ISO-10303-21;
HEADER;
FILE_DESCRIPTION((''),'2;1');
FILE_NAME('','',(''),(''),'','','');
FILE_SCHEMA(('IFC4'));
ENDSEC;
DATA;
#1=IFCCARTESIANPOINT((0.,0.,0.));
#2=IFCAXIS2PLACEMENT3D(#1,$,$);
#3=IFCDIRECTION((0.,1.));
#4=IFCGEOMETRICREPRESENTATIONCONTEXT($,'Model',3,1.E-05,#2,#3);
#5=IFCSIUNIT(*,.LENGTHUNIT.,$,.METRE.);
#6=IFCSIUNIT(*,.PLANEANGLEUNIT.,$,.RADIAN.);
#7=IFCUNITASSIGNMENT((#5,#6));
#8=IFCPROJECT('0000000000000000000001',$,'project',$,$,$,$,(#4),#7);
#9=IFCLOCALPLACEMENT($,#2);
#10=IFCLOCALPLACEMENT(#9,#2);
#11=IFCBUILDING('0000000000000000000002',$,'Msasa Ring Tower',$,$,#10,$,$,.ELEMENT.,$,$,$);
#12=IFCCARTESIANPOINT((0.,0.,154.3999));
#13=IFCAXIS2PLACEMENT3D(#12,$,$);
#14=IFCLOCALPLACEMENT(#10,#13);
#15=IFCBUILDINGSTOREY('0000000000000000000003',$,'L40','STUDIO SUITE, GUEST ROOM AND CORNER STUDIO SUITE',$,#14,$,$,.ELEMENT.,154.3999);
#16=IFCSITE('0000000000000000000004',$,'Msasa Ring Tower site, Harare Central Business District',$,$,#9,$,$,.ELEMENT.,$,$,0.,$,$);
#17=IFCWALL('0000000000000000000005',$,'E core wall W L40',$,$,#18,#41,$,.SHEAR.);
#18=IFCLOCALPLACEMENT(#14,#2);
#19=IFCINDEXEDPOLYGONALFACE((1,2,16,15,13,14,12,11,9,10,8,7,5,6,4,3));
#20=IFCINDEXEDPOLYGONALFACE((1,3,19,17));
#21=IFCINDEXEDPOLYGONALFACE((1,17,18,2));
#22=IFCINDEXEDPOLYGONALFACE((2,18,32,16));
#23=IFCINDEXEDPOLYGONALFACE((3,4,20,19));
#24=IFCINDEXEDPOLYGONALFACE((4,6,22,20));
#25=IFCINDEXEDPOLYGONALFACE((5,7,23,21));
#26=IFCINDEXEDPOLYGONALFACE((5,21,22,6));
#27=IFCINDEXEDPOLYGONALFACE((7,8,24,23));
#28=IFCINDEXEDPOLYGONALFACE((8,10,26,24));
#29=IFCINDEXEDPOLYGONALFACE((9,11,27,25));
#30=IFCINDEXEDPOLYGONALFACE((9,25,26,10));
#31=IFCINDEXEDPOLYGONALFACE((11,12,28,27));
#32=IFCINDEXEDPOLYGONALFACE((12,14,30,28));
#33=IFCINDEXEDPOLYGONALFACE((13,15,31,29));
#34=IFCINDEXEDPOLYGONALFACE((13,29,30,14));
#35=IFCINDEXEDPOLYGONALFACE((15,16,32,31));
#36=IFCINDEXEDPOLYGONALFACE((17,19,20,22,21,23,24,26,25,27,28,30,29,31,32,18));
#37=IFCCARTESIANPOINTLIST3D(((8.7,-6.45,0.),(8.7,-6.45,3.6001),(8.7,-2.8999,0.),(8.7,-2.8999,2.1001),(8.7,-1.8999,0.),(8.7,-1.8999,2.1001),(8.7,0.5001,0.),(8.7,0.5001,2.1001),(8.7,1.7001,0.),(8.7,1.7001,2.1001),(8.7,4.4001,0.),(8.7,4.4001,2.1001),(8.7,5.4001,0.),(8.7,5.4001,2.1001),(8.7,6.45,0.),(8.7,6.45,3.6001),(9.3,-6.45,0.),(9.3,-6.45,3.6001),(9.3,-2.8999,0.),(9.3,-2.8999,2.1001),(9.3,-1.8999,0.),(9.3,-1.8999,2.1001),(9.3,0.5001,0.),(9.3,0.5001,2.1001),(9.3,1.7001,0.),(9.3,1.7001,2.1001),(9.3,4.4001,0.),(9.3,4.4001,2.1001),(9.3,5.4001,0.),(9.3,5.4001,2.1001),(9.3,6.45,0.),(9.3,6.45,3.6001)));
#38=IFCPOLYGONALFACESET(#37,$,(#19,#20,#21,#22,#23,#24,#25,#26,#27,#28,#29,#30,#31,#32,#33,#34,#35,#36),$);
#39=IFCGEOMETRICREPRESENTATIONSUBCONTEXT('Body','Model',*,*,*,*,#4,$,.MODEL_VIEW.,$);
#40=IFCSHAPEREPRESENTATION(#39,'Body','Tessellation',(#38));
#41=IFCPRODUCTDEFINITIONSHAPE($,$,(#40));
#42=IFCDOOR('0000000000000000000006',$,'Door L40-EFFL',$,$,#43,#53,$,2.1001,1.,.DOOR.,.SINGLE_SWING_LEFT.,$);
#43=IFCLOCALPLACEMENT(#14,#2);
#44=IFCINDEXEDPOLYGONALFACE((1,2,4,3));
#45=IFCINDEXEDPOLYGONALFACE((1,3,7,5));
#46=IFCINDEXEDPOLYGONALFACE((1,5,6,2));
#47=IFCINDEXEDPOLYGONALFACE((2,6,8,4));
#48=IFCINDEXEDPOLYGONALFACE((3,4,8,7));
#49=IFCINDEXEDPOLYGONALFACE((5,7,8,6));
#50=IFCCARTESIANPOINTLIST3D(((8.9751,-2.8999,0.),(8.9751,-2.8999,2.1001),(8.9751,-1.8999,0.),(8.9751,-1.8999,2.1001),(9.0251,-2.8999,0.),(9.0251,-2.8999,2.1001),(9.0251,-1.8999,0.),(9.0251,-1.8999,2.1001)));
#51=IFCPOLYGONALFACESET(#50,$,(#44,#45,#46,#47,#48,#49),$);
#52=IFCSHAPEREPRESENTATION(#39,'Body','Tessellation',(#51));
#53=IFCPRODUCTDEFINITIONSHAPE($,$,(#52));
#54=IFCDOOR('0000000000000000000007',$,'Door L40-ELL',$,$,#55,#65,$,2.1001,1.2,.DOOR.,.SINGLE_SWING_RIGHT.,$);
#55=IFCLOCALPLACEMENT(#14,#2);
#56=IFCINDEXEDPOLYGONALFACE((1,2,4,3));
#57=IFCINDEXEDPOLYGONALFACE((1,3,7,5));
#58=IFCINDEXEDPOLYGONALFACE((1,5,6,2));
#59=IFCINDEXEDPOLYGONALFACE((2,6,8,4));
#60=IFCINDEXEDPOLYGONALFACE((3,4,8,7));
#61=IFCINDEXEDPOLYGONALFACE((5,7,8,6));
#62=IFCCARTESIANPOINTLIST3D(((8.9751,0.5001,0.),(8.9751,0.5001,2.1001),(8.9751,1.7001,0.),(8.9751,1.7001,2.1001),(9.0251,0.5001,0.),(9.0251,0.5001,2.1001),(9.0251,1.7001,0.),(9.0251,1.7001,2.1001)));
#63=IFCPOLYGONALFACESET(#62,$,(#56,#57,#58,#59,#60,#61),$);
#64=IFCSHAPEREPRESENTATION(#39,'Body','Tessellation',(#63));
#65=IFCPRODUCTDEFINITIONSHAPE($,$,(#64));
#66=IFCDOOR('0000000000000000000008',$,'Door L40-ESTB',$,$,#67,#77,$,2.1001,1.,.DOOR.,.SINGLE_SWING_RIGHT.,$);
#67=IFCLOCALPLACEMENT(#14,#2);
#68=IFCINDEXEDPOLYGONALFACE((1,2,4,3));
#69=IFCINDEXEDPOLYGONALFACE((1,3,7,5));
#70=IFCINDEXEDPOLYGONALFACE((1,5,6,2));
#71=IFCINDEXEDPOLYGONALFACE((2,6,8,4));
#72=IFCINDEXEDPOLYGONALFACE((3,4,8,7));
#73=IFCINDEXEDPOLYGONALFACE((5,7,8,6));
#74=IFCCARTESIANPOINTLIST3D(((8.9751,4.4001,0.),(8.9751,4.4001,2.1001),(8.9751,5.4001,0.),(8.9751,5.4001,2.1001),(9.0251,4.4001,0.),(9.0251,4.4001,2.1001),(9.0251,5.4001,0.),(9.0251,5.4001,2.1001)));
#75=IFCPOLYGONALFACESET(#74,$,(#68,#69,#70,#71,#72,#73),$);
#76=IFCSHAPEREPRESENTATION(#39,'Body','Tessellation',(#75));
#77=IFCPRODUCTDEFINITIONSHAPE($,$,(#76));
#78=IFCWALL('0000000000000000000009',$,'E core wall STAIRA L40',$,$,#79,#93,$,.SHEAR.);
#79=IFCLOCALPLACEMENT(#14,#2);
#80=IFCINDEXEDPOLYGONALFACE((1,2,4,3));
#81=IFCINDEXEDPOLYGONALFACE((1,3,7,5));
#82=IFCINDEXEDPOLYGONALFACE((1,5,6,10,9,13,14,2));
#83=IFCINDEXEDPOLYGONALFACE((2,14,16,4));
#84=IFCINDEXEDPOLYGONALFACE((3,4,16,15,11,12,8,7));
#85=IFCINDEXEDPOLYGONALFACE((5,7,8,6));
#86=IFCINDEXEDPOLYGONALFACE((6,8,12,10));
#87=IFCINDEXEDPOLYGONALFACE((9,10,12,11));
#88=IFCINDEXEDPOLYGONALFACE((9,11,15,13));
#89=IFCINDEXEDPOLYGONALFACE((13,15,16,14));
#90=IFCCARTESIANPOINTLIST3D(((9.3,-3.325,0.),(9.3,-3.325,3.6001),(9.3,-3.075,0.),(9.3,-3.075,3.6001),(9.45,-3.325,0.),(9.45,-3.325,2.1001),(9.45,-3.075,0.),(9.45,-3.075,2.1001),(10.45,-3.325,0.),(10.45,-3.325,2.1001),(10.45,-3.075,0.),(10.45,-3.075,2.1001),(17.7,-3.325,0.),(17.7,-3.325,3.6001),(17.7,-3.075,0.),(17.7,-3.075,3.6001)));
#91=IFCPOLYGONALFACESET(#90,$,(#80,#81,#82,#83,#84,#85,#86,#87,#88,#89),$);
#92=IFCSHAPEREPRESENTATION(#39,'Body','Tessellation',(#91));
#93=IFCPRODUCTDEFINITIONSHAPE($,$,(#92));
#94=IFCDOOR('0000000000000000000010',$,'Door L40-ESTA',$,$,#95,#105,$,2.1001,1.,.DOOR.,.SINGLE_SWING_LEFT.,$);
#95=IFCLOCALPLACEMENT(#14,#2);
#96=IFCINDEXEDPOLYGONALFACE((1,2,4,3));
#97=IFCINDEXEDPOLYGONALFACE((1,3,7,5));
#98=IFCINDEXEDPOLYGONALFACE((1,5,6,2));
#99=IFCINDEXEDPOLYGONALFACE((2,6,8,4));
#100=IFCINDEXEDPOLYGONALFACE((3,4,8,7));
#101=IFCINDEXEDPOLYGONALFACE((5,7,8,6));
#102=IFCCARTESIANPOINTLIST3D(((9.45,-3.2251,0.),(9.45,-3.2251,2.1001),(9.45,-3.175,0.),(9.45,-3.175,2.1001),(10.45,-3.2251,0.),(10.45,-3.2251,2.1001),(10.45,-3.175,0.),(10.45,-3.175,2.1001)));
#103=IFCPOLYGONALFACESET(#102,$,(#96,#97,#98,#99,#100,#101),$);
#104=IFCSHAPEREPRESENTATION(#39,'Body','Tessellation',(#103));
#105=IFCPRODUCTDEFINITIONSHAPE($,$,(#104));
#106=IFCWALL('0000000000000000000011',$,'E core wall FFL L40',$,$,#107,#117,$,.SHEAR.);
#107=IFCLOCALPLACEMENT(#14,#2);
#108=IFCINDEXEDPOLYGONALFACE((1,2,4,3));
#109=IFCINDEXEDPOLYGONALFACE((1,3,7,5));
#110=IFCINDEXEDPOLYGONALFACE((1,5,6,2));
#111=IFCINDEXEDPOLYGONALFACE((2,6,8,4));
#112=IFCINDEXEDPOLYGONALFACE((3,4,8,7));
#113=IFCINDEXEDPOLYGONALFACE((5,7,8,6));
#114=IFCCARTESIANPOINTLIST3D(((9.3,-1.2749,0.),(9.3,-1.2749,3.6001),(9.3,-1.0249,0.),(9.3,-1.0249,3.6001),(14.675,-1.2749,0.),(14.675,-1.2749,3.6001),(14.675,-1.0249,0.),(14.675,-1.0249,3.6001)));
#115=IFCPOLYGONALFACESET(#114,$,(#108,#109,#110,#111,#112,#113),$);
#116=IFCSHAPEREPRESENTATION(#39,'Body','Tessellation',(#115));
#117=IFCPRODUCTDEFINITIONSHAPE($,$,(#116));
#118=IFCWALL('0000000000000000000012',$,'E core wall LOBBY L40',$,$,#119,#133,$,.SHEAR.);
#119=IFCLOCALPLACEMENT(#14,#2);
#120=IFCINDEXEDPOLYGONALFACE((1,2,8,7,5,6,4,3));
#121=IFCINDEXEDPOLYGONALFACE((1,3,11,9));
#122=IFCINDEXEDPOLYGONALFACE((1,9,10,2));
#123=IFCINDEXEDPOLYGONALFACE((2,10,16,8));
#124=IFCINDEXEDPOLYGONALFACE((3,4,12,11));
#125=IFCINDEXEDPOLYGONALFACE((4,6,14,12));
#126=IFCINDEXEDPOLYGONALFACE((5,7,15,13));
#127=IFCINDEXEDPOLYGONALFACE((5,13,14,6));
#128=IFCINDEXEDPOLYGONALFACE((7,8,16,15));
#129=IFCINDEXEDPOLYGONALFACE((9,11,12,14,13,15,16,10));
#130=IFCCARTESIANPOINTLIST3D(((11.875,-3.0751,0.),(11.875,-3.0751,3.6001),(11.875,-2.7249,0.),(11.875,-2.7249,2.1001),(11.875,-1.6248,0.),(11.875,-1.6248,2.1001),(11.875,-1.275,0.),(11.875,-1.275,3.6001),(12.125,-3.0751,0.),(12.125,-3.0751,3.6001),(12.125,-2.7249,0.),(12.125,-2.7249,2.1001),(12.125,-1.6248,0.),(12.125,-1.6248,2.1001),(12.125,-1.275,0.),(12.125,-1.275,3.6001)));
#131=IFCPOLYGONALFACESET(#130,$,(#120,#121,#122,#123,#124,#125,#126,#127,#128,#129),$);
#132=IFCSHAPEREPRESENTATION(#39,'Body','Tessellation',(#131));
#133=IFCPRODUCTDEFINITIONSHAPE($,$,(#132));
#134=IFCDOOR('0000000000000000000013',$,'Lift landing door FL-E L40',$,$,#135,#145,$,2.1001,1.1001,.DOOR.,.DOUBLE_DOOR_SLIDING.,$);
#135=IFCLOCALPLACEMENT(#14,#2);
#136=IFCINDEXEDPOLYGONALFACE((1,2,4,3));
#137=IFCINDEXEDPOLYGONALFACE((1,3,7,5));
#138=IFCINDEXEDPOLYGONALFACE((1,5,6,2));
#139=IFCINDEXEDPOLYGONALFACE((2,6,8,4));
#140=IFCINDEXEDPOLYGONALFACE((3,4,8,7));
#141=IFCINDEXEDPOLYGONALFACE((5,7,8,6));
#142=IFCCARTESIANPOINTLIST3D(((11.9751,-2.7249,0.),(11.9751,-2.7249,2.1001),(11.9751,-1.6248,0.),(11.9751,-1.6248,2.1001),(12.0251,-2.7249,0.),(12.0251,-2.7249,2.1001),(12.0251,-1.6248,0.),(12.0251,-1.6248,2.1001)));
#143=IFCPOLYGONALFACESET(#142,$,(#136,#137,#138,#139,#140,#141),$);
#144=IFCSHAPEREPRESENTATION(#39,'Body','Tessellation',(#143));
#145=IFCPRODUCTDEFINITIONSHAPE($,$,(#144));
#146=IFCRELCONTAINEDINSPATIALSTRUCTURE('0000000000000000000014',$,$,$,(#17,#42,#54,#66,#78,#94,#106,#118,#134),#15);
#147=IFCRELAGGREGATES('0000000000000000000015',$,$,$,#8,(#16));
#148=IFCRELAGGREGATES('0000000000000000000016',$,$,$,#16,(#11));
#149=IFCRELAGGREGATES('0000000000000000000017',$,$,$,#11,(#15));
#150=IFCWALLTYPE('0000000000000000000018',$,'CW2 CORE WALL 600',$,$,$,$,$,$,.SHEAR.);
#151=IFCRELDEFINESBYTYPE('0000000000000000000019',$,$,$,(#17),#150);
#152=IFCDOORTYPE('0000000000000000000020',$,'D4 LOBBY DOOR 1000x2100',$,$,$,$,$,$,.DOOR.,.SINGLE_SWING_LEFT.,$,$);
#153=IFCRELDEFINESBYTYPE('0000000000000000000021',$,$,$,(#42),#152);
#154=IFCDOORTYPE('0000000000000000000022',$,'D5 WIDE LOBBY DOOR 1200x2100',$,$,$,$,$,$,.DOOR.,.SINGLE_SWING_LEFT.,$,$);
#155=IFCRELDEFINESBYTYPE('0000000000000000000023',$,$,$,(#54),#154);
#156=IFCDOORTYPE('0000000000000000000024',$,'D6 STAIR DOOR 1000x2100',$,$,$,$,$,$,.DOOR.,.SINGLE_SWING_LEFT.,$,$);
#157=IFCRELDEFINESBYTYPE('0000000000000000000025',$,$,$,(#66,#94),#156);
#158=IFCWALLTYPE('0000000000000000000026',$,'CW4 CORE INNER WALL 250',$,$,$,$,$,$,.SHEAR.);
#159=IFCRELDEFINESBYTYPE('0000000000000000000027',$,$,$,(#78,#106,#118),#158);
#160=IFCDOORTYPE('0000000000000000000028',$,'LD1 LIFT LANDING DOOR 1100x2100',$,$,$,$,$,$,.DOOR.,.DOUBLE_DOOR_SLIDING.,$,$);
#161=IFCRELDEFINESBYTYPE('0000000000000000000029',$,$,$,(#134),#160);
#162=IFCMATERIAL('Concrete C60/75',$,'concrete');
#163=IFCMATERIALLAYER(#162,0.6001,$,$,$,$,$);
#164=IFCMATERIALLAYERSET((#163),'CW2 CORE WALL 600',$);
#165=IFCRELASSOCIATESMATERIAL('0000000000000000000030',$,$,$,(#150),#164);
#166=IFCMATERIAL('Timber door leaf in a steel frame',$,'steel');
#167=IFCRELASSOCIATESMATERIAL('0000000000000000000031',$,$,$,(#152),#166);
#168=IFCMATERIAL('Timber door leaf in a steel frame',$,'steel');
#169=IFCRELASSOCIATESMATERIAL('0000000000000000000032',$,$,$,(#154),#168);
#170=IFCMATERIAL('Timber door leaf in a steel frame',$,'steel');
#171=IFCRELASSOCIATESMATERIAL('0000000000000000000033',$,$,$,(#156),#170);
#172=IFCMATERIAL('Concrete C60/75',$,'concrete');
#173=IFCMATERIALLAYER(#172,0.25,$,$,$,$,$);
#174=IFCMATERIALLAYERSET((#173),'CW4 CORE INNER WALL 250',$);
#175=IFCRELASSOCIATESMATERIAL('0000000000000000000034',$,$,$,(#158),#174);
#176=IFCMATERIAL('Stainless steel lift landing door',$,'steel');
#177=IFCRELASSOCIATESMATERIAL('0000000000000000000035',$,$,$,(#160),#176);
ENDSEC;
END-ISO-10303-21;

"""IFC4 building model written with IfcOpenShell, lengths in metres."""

from ifc_helpers import new_model, si_unit, direction, frame, frame_2d, origin, place, context, subcontext, project, spatial, rectangle, extrude, material, layer, layer_set, type_object, element, fill, save


model = new_model("IFC4")

# Units and contexts
model_context = context("Model", 3, precision=1e-05, world=origin(), true_north=direction((0.0, 1.0)))
body_context = subcontext(model_context, "Body", "Model", "MODEL_VIEW")
ifc_project = project(units=[si_unit("LENGTHUNIT", "METRE"), si_unit("PLANEANGLEUNIT", "RADIAN")], contexts=[model_context])

# Site, building, storey
site_placement = place(None, origin())
site = spatial("IfcSite", under=ifc_project, at=site_placement, Name="Msasa Ring Tower site, Harare Central Business District", CompositionType="ELEMENT", RefElevation=0.0)
building_placement = place(site_placement, origin())
building = spatial("IfcBuilding", under=site, at=building_placement, Name="Msasa Ring Tower", CompositionType="ELEMENT")
storey_placement = place(building_placement, frame((0.0, 0.0, 154.3999)))
storey = spatial("IfcBuildingStorey", under=building, at=storey_placement, Name="L40", Description="STUDIO SUITE, GUEST ROOM AND CORNER STUDIO SUITE", CompositionType="ELEMENT", Elevation=154.3999)

# Shared definitions
ifc_material_1 = material(Name="Concrete C60/75", Category="concrete")
ifc_layer_1 = layer(ifc_material_1, 0.6001)
ifc_layer_set_1 = layer_set([ifc_layer_1], Name="CW2 CORE WALL 600")
wall_type_1 = type_object("IfcWallType", Name="CW2 CORE WALL 600", PredefinedType="SHEAR", material=ifc_layer_set_1)

# Wall, openings, doors
wall_1_placement = place(storey_placement, frame((9.0, -6.45, 0.0), z_axis=(0.0, 0.0, 1.0), x_axis=(0.0, 1.0, 0.0)))
wall_1 = element("IfcWall", 1, at=wall_1_placement, inside=storey, type_object=wall_type_1, Name="E core wall W L40", PredefinedType="SHEAR", context=body_context, shape_type="SweptSolid", body=[
    extrude(rectangle(XDim=12.8999, YDim=0.6001, at=frame_2d((6.45, 0.0))), origin(), (0.0, 0.0, 1.0), 3.6001),
])
opening_1_placement = place(wall_1_placement, frame((3.55, 0.0, 0.0)))
opening_1 = element("IfcOpeningElement", 2, at=opening_1_placement, cuts=wall_1, PredefinedType="OPENING", context=body_context, shape_type="SweptSolid", body=[
    extrude(rectangle(XDim=1.0, YDim=2.1001, at=frame_2d((0.5, 1.05))), frame((0.0, 0.3101, 0.0), z_axis=(0.0, -1.0, 0.0), x_axis=(1.0, 0.0, 0.0)), (0.0, 0.0, 1.0), 0.6201),
])
opening_2_placement = place(wall_1_placement, frame((6.95, 0.0, 0.0)))
opening_2 = element("IfcOpeningElement", 3, at=opening_2_placement, cuts=wall_1, PredefinedType="OPENING", context=body_context, shape_type="SweptSolid", body=[
    extrude(rectangle(XDim=1.2, YDim=2.1001, at=frame_2d((0.6001, 1.05))), frame((0.0, 0.3101, 0.0), z_axis=(0.0, -1.0, 0.0), x_axis=(1.0, 0.0, 0.0)), (0.0, 0.0, 1.0), 0.6201),
])
opening_3_placement = place(wall_1_placement, frame((10.8501, 0.0, 0.0)))
opening_3 = element("IfcOpeningElement", 4, at=opening_3_placement, cuts=wall_1, PredefinedType="OPENING", context=body_context, shape_type="SweptSolid", body=[
    extrude(rectangle(XDim=1.0, YDim=2.1001, at=frame_2d((0.5, 1.05))), frame((0.0, 0.3101, 0.0), z_axis=(0.0, -1.0, 0.0), x_axis=(1.0, 0.0, 0.0)), (0.0, 0.0, 1.0), 0.6201),
])
ifc_material_2 = material(Name="Timber door leaf in a steel frame", Category="steel")
door_type_1 = type_object("IfcDoorType", Name="D4 LOBBY DOOR 1000x2100", OperationType="SINGLE_SWING_LEFT", PredefinedType="DOOR", material=ifc_material_2)
door_1_placement = place(opening_1_placement, origin())
door_1 = element("IfcDoor", 5, at=door_1_placement, inside=storey, type_object=door_type_1, Name="Door L40-EFFL", OperationType="SINGLE_SWING_LEFT", OverallHeight=2.1001, OverallWidth=1.0, PredefinedType="DOOR", context=body_context, shape_type="SweptSolid", body=[
    extrude(rectangle(XDim=1.0, YDim=2.1001, at=frame_2d((0.5, 1.05))), frame((0.0, 0.0249, 0.0), z_axis=(0.0, -1.0, 0.0), x_axis=(1.0, 0.0, 0.0)), (0.0, 0.0, 1.0), 0.05),
])
fill(opening_1, door_1)
ifc_material_3 = material(Name="Timber door leaf in a steel frame", Category="steel")
door_type_2 = type_object("IfcDoorType", Name="D5 WIDE LOBBY DOOR 1200x2100", OperationType="SINGLE_SWING_LEFT", PredefinedType="DOOR", material=ifc_material_3)
door_2_placement = place(opening_2_placement, origin())
door_2 = element("IfcDoor", 6, at=door_2_placement, inside=storey, type_object=door_type_2, Name="Door L40-ELL", OperationType="SINGLE_SWING_RIGHT", OverallHeight=2.1001, OverallWidth=1.2, PredefinedType="DOOR", context=body_context, shape_type="SweptSolid", body=[
    extrude(rectangle(XDim=1.2, YDim=2.1001, at=frame_2d((0.6001, 1.05))), frame((0.0, 0.0249, 0.0), z_axis=(0.0, -1.0, 0.0), x_axis=(1.0, 0.0, 0.0)), (0.0, 0.0, 1.0), 0.05),
])
fill(opening_2, door_2)
ifc_material_4 = material(Name="Timber door leaf in a steel frame", Category="steel")
door_type_3 = type_object("IfcDoorType", Name="D6 STAIR DOOR 1000x2100", OperationType="SINGLE_SWING_LEFT", PredefinedType="DOOR", material=ifc_material_4)
door_3_placement = place(opening_3_placement, origin())
door_3 = element("IfcDoor", 7, at=door_3_placement, inside=storey, type_object=door_type_3, Name="Door L40-ESTB", OperationType="SINGLE_SWING_RIGHT", OverallHeight=2.1001, OverallWidth=1.0, PredefinedType="DOOR", context=body_context, shape_type="SweptSolid", body=[
    extrude(rectangle(XDim=1.0, YDim=2.1001, at=frame_2d((0.5, 1.05))), frame((0.0, 0.0249, 0.0), z_axis=(0.0, -1.0, 0.0), x_axis=(1.0, 0.0, 0.0)), (0.0, 0.0, 1.0), 0.05),
])
fill(opening_3, door_3)

# Wall, opening, door
ifc_material_5 = material(Name="Concrete C60/75", Category="concrete")
ifc_layer_2 = layer(ifc_material_5, 0.25)
ifc_layer_set_2 = layer_set([ifc_layer_2], Name="CW4 CORE INNER WALL 250")
wall_type_2 = type_object("IfcWallType", Name="CW4 CORE INNER WALL 250", PredefinedType="SHEAR", material=ifc_layer_set_2)
wall_2_placement = place(storey_placement, frame((9.3, -3.2, 0.0), z_axis=(0.0, 0.0, 1.0), x_axis=(1.0, 0.0, 0.0)))
wall_2 = element("IfcWall", 8, at=wall_2_placement, inside=storey, type_object=wall_type_2, Name="E core wall STAIRA L40", PredefinedType="SHEAR", context=body_context, shape_type="SweptSolid", body=[
    extrude(rectangle(XDim=8.3999, YDim=0.25, at=frame_2d((4.2, 0.0))), origin(), (0.0, 0.0, 1.0), 3.6001),
])
opening_4_placement = place(wall_2_placement, frame((0.1499, 0.0, 0.0)))
opening_4 = element("IfcOpeningElement", 9, at=opening_4_placement, cuts=wall_2, PredefinedType="OPENING", context=body_context, shape_type="SweptSolid", body=[
    extrude(rectangle(XDim=1.0, YDim=2.1001, at=frame_2d((0.5, 1.05))), frame((0.0, 0.135, 0.0), z_axis=(0.0, -1.0, 0.0), x_axis=(1.0, 0.0, 0.0)), (0.0, 0.0, 1.0), 0.27),
])
door_4_placement = place(opening_4_placement, origin())
door_4 = element("IfcDoor", 10, at=door_4_placement, inside=storey, type_object=door_type_3, Name="Door L40-ESTA", OperationType="SINGLE_SWING_LEFT", OverallHeight=2.1001, OverallWidth=1.0, PredefinedType="DOOR", context=body_context, shape_type="SweptSolid", body=[
    extrude(rectangle(XDim=1.0, YDim=2.1001, at=frame_2d((0.5, 1.05))), frame((0.0, 0.0249, 0.0), z_axis=(0.0, -1.0, 0.0), x_axis=(1.0, 0.0, 0.0)), (0.0, 0.0, 1.0), 0.05),
])
fill(opening_4, door_4)

# Wall
wall_3_placement = place(storey_placement, frame((9.3, -1.1499, 0.0), z_axis=(0.0, 0.0, 1.0), x_axis=(1.0, 0.0, 0.0)))
element("IfcWall", 11, at=wall_3_placement, inside=storey, type_object=wall_type_2, Name="E core wall FFL L40", PredefinedType="SHEAR", context=body_context, shape_type="SweptSolid", body=[
    extrude(rectangle(XDim=5.375, YDim=0.25, at=frame_2d((2.6875, 0.0))), origin(), (0.0, 0.0, 1.0), 3.6001),
])

# Wall, opening, door
wall_4_placement = place(storey_placement, frame((12.0, -3.075, 0.0), z_axis=(0.0, 0.0, 1.0), x_axis=(0.0, 1.0, 0.0)))
wall_4 = element("IfcWall", 12, at=wall_4_placement, inside=storey, type_object=wall_type_2, Name="E core wall LOBBY L40", PredefinedType="SHEAR", context=body_context, shape_type="SweptSolid", body=[
    extrude(rectangle(XDim=1.8, YDim=0.25, at=frame_2d((0.8999, 0.0))), origin(), (0.0, 0.0, 1.0), 3.6001),
])
opening_5_placement = place(wall_4_placement, frame((0.3501, 0.0, 0.0)))
opening_5 = element("IfcOpeningElement", 13, at=opening_5_placement, cuts=wall_4, PredefinedType="OPENING", context=body_context, shape_type="SweptSolid", body=[
    extrude(rectangle(XDim=1.1001, YDim=2.1001, at=frame_2d((0.55, 1.05))), frame((0.0, 0.135, 0.0), z_axis=(0.0, -1.0, 0.0), x_axis=(1.0, 0.0, 0.0)), (0.0, 0.0, 1.0), 0.27),
])
ifc_material_6 = material(Name="Stainless steel lift landing door", Category="steel")
door_type_4 = type_object("IfcDoorType", Name="LD1 LIFT LANDING DOOR 1100x2100", OperationType="DOUBLE_DOOR_SLIDING", PredefinedType="DOOR", material=ifc_material_6)
door_5_placement = place(opening_5_placement, origin())
door_5 = element("IfcDoor", 14, at=door_5_placement, inside=storey, type_object=door_type_4, Name="Lift landing door FL-E L40", OperationType="DOUBLE_DOOR_SLIDING", OverallHeight=2.1001, OverallWidth=1.1001, PredefinedType="DOOR", context=body_context, shape_type="SweptSolid", body=[
    extrude(rectangle(XDim=1.1001, YDim=2.1001, at=frame_2d((0.55, 1.05))), frame((0.0, 0.0249, 0.0), z_axis=(0.0, -1.0, 0.0), x_axis=(1.0, 0.0, 0.0)), (0.0, 0.0, 1.0), 0.05),
])
fill(opening_5, door_5)

save(model, "model.ifc")
